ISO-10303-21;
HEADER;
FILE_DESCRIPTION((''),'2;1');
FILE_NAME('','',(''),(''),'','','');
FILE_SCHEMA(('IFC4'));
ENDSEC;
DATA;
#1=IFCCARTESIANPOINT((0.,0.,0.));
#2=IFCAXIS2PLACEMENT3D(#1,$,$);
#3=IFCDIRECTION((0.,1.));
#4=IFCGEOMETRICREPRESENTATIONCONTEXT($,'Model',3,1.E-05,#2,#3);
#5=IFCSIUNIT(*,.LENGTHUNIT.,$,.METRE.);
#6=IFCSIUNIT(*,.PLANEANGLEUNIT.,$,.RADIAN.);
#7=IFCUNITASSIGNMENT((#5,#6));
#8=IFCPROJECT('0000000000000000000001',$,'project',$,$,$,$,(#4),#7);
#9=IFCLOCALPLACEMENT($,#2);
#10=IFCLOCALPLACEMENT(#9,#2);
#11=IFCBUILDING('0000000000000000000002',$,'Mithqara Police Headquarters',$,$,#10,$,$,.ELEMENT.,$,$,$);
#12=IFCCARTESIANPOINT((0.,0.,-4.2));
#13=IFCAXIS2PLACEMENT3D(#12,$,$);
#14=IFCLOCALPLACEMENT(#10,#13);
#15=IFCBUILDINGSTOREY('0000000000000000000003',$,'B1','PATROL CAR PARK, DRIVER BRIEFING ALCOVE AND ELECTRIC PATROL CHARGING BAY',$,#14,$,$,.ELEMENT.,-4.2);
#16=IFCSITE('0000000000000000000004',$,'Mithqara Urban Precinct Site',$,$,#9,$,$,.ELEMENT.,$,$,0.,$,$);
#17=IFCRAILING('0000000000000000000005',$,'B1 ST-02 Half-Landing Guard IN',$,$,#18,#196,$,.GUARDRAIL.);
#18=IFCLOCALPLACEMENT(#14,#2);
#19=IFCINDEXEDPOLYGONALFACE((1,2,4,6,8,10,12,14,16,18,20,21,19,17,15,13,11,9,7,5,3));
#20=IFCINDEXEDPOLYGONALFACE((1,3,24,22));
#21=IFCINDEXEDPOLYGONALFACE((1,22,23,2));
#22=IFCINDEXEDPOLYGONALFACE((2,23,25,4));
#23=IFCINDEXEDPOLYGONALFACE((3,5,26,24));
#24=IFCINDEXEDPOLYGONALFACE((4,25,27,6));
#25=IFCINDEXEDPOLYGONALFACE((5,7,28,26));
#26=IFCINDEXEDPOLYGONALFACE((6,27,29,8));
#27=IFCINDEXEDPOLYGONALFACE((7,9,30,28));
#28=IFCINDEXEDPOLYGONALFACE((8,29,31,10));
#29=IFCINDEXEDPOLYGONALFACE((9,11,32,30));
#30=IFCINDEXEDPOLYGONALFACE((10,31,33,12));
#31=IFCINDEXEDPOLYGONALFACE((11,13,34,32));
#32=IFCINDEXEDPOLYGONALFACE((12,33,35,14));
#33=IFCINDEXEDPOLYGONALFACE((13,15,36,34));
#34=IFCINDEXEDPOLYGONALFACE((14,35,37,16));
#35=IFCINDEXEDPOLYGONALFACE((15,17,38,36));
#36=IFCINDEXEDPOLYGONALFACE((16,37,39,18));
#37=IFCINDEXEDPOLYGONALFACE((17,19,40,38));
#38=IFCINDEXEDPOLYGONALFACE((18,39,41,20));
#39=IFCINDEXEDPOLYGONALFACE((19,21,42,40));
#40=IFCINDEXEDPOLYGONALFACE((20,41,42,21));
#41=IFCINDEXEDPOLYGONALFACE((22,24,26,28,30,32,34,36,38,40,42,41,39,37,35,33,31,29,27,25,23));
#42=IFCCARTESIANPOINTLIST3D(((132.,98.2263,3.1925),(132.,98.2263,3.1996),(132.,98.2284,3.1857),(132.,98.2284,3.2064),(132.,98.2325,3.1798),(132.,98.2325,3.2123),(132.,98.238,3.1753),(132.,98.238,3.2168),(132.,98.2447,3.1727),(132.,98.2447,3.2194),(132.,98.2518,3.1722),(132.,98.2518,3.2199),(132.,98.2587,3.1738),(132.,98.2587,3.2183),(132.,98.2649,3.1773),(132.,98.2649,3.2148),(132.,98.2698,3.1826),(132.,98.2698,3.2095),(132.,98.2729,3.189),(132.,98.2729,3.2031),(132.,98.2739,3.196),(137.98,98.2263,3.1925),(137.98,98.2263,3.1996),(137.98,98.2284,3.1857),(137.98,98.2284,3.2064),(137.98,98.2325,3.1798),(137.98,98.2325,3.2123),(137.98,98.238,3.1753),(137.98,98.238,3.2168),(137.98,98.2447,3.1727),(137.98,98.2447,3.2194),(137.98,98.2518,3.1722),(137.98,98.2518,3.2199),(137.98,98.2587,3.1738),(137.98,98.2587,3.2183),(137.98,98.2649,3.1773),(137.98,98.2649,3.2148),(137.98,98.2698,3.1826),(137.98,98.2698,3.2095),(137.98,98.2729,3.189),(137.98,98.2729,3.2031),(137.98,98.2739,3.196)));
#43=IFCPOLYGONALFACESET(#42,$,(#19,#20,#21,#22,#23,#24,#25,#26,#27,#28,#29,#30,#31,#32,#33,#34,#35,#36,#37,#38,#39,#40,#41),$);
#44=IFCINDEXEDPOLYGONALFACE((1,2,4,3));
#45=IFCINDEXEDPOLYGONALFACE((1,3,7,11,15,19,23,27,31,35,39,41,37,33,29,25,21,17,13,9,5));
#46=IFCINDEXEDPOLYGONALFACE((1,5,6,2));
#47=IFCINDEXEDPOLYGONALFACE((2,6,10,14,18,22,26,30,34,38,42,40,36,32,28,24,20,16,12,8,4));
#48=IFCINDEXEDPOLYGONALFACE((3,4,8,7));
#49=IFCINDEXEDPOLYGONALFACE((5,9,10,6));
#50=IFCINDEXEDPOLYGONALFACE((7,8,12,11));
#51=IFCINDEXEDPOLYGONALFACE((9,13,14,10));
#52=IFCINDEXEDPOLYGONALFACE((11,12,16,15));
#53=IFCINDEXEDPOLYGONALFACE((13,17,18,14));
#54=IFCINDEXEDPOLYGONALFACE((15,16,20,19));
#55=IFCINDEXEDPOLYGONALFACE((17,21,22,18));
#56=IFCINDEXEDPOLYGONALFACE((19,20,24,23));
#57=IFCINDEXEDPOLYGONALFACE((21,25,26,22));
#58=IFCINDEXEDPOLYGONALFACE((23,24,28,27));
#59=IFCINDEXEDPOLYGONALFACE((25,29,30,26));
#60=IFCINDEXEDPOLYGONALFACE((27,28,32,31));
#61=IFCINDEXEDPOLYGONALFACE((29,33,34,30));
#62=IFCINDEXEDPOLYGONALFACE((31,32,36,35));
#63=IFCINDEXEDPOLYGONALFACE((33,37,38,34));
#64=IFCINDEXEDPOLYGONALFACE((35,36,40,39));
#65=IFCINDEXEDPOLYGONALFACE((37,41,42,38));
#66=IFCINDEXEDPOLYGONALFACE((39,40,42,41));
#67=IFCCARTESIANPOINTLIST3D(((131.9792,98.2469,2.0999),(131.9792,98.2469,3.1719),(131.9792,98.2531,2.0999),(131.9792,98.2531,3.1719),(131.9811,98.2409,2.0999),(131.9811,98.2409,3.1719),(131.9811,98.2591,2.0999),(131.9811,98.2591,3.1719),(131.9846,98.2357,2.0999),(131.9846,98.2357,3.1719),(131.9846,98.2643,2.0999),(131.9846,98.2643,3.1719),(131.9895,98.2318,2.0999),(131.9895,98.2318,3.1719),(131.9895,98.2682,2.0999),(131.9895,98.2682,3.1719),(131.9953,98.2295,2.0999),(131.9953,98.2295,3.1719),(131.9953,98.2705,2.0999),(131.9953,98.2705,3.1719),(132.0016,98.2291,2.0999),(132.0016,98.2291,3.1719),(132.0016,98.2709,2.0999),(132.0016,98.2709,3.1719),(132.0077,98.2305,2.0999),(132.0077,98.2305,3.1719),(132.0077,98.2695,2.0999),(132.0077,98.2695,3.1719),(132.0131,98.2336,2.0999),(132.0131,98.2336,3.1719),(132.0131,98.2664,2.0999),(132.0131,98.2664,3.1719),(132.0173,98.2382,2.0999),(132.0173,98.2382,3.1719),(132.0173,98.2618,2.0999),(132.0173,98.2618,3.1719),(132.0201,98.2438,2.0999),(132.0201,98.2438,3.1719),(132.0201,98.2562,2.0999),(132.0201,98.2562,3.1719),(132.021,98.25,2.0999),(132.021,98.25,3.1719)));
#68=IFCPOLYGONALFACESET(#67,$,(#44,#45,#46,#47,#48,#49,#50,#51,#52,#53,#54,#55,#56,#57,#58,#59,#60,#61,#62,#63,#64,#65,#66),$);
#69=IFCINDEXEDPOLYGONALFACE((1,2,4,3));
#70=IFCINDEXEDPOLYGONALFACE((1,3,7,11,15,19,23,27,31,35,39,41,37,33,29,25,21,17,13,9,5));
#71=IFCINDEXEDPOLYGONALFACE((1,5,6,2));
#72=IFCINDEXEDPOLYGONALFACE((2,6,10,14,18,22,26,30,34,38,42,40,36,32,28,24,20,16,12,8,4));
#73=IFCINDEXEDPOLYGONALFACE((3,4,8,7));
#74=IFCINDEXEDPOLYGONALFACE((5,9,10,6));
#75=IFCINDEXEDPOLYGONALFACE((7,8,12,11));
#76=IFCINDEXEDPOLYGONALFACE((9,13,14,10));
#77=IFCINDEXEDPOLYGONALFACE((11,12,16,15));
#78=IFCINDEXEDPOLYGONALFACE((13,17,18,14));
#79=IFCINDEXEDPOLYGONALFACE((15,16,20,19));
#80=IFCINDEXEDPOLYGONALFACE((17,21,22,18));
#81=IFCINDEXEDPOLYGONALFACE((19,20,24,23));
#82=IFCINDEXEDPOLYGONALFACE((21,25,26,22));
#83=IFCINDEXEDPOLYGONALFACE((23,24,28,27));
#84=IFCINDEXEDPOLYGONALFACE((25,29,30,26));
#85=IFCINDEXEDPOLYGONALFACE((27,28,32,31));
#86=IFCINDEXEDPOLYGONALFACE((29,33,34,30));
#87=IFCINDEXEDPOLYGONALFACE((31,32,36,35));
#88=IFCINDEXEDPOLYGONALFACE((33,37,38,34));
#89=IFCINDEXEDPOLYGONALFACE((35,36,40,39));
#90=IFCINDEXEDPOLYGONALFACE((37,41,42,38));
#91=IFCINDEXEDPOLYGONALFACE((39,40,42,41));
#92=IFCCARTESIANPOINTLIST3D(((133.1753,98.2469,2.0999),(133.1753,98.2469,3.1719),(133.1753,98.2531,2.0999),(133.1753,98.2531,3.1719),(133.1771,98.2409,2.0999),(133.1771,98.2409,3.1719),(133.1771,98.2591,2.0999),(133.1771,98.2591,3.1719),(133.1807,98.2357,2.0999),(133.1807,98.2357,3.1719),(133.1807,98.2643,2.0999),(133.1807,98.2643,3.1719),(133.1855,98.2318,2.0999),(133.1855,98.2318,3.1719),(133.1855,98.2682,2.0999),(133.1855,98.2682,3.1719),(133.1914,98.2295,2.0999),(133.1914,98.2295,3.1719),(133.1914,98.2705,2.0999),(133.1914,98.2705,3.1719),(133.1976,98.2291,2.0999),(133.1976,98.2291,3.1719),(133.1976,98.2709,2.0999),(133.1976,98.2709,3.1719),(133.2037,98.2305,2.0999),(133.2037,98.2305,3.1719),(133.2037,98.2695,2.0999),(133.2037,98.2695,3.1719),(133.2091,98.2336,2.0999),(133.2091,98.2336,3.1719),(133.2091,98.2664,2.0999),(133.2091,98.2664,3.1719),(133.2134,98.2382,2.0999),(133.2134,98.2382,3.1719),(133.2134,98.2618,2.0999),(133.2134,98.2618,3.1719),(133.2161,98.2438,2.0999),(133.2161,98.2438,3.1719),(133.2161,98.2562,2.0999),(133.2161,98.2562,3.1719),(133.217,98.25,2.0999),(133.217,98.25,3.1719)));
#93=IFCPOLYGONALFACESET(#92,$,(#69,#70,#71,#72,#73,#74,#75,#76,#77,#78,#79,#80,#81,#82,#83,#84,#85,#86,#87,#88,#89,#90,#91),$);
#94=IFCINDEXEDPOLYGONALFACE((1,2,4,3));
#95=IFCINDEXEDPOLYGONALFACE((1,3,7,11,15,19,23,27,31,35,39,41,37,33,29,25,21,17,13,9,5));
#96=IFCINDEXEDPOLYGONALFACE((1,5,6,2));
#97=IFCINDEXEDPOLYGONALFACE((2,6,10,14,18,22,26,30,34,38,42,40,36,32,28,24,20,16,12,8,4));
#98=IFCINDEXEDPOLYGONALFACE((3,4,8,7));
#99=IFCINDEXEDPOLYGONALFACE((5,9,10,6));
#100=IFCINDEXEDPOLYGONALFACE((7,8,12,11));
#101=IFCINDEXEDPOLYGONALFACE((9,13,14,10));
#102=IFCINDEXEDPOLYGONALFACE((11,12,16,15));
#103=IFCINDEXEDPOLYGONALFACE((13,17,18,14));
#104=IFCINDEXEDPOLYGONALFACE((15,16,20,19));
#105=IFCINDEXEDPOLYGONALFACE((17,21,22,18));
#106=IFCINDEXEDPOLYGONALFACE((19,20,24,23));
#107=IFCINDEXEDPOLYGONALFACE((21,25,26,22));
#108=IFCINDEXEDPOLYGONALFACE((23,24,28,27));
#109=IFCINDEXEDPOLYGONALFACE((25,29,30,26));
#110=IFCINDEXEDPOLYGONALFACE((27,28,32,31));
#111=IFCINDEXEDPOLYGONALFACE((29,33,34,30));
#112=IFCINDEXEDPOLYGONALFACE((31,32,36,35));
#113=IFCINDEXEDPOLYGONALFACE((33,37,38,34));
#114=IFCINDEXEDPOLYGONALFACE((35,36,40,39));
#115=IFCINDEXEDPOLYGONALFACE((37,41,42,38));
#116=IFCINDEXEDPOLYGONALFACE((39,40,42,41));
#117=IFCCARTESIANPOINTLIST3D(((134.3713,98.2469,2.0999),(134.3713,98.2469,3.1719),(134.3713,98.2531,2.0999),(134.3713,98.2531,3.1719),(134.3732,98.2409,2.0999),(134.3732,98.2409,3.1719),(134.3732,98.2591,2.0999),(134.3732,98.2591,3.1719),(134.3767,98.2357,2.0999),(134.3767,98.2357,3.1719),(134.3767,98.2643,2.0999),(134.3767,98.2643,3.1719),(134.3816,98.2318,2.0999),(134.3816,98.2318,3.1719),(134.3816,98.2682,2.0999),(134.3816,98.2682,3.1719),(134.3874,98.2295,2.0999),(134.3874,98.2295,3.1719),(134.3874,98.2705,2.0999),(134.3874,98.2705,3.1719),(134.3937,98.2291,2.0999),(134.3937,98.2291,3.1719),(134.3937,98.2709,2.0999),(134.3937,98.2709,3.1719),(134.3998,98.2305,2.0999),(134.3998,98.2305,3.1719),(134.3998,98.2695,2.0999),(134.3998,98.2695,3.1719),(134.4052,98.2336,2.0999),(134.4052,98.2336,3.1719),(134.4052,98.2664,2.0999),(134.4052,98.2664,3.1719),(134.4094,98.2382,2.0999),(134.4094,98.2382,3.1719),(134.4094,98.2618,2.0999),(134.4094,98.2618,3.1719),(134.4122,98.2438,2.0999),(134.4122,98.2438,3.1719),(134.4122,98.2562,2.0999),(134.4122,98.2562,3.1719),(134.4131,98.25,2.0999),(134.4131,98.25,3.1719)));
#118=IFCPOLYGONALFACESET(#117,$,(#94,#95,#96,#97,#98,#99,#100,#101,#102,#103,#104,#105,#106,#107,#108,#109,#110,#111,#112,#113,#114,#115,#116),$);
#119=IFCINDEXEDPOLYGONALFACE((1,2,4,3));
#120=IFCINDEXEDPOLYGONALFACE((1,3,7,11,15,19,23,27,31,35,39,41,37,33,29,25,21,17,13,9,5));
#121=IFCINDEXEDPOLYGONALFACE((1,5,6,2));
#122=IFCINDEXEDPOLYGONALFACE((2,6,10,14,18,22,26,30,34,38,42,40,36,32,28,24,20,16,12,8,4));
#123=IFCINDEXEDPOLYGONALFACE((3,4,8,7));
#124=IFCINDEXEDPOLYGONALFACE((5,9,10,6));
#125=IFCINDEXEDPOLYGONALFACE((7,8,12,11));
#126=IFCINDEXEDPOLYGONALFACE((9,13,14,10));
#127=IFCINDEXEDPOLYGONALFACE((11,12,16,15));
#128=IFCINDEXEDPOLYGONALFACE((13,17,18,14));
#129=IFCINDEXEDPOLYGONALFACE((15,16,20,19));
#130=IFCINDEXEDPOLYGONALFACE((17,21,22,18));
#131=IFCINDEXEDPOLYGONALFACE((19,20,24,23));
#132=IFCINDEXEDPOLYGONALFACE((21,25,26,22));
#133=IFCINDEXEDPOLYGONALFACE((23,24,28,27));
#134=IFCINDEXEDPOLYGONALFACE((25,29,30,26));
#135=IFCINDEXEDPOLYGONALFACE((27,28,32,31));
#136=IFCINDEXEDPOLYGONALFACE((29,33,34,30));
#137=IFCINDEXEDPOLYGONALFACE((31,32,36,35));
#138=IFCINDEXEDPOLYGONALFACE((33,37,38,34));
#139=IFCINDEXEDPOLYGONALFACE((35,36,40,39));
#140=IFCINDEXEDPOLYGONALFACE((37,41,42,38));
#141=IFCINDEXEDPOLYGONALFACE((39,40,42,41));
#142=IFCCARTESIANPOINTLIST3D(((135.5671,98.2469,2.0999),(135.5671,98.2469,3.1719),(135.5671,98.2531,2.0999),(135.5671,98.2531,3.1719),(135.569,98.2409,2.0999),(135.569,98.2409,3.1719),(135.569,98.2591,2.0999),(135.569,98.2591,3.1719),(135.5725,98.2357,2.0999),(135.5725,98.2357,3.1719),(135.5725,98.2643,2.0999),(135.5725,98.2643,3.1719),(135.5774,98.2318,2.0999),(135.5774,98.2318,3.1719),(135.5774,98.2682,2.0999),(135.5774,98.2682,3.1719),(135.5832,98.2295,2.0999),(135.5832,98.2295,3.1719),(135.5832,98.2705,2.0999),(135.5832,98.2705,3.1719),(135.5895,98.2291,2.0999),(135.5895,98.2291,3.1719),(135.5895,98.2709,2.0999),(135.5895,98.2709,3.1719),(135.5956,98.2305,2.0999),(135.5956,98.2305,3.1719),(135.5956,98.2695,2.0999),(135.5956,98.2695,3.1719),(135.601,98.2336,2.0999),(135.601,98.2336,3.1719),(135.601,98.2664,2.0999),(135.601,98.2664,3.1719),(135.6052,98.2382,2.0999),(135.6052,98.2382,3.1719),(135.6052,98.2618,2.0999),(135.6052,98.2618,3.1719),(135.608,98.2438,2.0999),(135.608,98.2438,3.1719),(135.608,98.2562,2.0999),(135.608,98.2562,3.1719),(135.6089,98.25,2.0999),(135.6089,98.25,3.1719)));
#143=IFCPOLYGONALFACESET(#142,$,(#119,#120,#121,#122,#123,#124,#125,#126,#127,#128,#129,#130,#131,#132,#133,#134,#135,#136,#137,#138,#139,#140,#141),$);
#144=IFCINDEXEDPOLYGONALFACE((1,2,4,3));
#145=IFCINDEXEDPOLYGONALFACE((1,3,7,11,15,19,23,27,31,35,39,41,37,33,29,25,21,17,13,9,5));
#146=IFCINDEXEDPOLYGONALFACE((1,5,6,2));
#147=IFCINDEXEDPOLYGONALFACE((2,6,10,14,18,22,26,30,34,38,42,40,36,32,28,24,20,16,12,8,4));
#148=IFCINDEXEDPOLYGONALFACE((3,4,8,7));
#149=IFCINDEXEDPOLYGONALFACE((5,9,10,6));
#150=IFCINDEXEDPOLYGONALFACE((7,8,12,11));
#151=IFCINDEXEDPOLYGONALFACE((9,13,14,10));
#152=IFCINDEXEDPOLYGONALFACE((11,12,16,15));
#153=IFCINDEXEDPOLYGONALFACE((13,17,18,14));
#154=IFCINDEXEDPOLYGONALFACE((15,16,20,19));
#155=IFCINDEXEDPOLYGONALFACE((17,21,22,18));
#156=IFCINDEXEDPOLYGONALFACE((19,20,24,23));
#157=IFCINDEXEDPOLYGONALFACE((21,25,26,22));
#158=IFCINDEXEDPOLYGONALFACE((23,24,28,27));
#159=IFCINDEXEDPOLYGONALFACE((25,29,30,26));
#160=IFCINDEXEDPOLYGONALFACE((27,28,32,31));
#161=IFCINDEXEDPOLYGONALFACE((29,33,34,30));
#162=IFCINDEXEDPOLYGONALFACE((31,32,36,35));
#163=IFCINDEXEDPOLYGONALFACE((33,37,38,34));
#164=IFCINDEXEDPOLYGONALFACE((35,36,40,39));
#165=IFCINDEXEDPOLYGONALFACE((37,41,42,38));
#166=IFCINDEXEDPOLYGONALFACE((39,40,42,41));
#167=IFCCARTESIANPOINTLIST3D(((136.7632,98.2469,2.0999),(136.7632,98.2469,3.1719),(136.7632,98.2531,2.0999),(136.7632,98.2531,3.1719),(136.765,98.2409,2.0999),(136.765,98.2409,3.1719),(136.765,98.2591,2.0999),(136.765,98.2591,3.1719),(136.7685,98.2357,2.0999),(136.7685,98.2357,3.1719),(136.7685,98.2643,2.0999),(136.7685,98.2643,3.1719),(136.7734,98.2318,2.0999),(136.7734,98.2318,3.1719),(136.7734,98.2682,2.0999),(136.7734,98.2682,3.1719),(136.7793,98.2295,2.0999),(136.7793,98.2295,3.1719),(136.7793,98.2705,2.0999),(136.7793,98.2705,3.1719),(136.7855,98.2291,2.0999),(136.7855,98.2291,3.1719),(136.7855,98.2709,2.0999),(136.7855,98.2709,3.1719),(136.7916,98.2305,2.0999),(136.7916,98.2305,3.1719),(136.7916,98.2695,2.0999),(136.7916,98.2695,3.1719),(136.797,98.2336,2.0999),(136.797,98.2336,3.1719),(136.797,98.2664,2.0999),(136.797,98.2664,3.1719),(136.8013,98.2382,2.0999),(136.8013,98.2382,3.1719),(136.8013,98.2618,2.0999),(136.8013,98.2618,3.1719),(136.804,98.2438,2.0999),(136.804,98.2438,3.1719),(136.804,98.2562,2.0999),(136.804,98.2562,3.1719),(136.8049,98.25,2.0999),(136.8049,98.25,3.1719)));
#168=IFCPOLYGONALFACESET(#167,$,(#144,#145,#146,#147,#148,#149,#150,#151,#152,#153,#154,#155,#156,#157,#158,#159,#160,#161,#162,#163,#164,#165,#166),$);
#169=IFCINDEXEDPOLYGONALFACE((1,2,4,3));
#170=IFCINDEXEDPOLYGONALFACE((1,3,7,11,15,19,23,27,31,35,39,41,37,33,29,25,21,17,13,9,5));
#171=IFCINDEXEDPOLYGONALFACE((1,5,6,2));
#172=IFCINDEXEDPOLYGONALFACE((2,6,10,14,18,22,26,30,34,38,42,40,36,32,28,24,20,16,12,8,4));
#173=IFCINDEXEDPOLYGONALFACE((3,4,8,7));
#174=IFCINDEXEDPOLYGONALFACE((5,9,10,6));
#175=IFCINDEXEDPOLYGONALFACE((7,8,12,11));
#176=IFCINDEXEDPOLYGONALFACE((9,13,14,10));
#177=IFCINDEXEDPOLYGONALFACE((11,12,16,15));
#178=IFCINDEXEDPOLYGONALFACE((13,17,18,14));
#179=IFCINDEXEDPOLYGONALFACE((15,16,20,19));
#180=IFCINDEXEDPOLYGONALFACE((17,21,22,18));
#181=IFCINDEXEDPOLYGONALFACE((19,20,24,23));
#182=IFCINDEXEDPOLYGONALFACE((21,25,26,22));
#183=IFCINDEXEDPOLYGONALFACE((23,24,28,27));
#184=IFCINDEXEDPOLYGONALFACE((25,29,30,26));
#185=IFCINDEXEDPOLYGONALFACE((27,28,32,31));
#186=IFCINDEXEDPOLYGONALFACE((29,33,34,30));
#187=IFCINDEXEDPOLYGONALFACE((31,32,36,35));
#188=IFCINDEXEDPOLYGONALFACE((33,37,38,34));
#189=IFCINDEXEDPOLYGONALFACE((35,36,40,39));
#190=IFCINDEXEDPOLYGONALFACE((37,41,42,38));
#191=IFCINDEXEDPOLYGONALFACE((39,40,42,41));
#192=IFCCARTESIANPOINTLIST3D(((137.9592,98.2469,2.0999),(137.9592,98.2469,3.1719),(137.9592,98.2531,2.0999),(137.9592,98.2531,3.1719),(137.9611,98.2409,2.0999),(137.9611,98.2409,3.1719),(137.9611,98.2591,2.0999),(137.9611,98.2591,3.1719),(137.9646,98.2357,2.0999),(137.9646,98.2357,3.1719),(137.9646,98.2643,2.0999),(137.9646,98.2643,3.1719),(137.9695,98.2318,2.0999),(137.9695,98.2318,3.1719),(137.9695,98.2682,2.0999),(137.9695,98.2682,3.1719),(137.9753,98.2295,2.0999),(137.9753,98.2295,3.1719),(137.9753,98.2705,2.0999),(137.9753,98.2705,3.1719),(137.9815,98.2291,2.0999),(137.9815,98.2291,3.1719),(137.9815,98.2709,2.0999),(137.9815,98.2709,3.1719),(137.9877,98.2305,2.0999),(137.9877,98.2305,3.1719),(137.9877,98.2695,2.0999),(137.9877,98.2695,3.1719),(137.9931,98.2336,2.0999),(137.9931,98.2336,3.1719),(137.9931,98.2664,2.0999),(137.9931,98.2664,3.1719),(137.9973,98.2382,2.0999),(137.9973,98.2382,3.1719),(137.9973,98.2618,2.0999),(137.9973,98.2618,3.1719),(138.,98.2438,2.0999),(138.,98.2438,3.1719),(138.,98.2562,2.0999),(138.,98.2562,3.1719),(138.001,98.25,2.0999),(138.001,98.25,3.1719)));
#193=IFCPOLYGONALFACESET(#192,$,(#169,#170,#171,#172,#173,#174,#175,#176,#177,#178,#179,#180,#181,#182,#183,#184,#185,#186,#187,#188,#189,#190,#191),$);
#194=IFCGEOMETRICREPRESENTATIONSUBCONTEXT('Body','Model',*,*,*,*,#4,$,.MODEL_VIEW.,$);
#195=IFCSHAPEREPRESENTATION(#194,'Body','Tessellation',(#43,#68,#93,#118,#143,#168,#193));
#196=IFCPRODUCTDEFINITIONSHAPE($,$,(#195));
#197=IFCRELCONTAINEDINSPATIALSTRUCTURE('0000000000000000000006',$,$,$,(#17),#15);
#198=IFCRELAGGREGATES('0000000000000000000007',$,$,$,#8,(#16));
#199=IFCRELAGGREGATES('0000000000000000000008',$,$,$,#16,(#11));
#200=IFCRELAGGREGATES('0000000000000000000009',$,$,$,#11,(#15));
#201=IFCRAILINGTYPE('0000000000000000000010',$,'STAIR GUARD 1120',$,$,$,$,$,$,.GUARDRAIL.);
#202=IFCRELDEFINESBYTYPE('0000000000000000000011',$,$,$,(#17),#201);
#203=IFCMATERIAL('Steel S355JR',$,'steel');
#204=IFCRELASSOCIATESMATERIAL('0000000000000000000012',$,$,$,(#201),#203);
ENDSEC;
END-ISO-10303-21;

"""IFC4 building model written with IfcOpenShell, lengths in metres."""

from ifc_helpers import new_model, si_unit, direction, frame, origin, origin_2d, place, context, subcontext, project, spatial, circle, extrude, material, type_object, element, save


model = new_model("IFC4")

# Units and contexts
model_context = context("Model", 3, precision=1e-05, world=origin(), true_north=direction((0.0, 1.0)))
body_context = subcontext(model_context, "Body", "Model", "MODEL_VIEW")
ifc_project = project(units=[si_unit("LENGTHUNIT", "METRE"), si_unit("PLANEANGLEUNIT", "RADIAN")], contexts=[model_context])

# Site, building, storey
site_placement = place(None, origin())
site = spatial("IfcSite", under=ifc_project, at=site_placement, Name="Mithqara Urban Precinct Site", CompositionType="ELEMENT", RefElevation=0.0)
building_placement = place(site_placement, origin())
building = spatial("IfcBuilding", under=site, at=building_placement, Name="Mithqara Police Headquarters", CompositionType="ELEMENT")
storey_placement = place(building_placement, frame((0.0, 0.0, -4.2)))
storey = spatial("IfcBuildingStorey", under=building, at=storey_placement, Name="B1", Description="PATROL CAR PARK, DRIVER BRIEFING ALCOVE AND ELECTRIC PATROL CHARGING BAY", CompositionType="ELEMENT", Elevation=-4.2)

# Shared definitions
ifc_material_1 = material(Name="Steel S355JR", Category="steel")

# Railing
railing_type_1 = type_object("IfcRailingType", Name="STAIR GUARD 1120", PredefinedType="GUARDRAIL", material=ifc_material_1)
railing_1_placement = place(storey_placement, frame((132.0, 98.25, 2.0999)))
element("IfcRailing", 1, at=railing_1_placement, inside=storey, type_object=railing_type_1, Name="B1 ST-02 Half-Landing Guard IN", PredefinedType="GUARDRAIL", context=body_context, shape_type="SweptSolid", body=[
    extrude(circle(Radius=0.0239, at=origin_2d()), frame((0.0, 0.0, 1.0962), z_axis=(1.0, 0.0, 0.0), x_axis=(0.0, 1.0, 0.0)), (0.0, 0.0, 1.0), 5.98),
    extrude(circle(Radius=0.021, at=origin_2d()), origin(), (0.0, 0.0, 1.0), 1.072),
    extrude(circle(Radius=0.021, at=origin_2d()), frame((1.196, 0.0, 0.0)), (0.0, 0.0, 1.0), 1.072),
    extrude(circle(Radius=0.021, at=origin_2d()), frame((2.3921, 0.0, 0.0)), (0.0, 0.0, 1.0), 1.072),
    extrude(circle(Radius=0.021, at=origin_2d()), frame((3.5879, 0.0, 0.0)), (0.0, 0.0, 1.0), 1.072),
    extrude(circle(Radius=0.021, at=origin_2d()), frame((4.7839, 0.0, 0.0)), (0.0, 0.0, 1.0), 1.072),
    extrude(circle(Radius=0.021, at=origin_2d()), frame((5.98, 0.0, 0.0)), (0.0, 0.0, 1.0), 1.072),
])

save(model, "model.ifc")
